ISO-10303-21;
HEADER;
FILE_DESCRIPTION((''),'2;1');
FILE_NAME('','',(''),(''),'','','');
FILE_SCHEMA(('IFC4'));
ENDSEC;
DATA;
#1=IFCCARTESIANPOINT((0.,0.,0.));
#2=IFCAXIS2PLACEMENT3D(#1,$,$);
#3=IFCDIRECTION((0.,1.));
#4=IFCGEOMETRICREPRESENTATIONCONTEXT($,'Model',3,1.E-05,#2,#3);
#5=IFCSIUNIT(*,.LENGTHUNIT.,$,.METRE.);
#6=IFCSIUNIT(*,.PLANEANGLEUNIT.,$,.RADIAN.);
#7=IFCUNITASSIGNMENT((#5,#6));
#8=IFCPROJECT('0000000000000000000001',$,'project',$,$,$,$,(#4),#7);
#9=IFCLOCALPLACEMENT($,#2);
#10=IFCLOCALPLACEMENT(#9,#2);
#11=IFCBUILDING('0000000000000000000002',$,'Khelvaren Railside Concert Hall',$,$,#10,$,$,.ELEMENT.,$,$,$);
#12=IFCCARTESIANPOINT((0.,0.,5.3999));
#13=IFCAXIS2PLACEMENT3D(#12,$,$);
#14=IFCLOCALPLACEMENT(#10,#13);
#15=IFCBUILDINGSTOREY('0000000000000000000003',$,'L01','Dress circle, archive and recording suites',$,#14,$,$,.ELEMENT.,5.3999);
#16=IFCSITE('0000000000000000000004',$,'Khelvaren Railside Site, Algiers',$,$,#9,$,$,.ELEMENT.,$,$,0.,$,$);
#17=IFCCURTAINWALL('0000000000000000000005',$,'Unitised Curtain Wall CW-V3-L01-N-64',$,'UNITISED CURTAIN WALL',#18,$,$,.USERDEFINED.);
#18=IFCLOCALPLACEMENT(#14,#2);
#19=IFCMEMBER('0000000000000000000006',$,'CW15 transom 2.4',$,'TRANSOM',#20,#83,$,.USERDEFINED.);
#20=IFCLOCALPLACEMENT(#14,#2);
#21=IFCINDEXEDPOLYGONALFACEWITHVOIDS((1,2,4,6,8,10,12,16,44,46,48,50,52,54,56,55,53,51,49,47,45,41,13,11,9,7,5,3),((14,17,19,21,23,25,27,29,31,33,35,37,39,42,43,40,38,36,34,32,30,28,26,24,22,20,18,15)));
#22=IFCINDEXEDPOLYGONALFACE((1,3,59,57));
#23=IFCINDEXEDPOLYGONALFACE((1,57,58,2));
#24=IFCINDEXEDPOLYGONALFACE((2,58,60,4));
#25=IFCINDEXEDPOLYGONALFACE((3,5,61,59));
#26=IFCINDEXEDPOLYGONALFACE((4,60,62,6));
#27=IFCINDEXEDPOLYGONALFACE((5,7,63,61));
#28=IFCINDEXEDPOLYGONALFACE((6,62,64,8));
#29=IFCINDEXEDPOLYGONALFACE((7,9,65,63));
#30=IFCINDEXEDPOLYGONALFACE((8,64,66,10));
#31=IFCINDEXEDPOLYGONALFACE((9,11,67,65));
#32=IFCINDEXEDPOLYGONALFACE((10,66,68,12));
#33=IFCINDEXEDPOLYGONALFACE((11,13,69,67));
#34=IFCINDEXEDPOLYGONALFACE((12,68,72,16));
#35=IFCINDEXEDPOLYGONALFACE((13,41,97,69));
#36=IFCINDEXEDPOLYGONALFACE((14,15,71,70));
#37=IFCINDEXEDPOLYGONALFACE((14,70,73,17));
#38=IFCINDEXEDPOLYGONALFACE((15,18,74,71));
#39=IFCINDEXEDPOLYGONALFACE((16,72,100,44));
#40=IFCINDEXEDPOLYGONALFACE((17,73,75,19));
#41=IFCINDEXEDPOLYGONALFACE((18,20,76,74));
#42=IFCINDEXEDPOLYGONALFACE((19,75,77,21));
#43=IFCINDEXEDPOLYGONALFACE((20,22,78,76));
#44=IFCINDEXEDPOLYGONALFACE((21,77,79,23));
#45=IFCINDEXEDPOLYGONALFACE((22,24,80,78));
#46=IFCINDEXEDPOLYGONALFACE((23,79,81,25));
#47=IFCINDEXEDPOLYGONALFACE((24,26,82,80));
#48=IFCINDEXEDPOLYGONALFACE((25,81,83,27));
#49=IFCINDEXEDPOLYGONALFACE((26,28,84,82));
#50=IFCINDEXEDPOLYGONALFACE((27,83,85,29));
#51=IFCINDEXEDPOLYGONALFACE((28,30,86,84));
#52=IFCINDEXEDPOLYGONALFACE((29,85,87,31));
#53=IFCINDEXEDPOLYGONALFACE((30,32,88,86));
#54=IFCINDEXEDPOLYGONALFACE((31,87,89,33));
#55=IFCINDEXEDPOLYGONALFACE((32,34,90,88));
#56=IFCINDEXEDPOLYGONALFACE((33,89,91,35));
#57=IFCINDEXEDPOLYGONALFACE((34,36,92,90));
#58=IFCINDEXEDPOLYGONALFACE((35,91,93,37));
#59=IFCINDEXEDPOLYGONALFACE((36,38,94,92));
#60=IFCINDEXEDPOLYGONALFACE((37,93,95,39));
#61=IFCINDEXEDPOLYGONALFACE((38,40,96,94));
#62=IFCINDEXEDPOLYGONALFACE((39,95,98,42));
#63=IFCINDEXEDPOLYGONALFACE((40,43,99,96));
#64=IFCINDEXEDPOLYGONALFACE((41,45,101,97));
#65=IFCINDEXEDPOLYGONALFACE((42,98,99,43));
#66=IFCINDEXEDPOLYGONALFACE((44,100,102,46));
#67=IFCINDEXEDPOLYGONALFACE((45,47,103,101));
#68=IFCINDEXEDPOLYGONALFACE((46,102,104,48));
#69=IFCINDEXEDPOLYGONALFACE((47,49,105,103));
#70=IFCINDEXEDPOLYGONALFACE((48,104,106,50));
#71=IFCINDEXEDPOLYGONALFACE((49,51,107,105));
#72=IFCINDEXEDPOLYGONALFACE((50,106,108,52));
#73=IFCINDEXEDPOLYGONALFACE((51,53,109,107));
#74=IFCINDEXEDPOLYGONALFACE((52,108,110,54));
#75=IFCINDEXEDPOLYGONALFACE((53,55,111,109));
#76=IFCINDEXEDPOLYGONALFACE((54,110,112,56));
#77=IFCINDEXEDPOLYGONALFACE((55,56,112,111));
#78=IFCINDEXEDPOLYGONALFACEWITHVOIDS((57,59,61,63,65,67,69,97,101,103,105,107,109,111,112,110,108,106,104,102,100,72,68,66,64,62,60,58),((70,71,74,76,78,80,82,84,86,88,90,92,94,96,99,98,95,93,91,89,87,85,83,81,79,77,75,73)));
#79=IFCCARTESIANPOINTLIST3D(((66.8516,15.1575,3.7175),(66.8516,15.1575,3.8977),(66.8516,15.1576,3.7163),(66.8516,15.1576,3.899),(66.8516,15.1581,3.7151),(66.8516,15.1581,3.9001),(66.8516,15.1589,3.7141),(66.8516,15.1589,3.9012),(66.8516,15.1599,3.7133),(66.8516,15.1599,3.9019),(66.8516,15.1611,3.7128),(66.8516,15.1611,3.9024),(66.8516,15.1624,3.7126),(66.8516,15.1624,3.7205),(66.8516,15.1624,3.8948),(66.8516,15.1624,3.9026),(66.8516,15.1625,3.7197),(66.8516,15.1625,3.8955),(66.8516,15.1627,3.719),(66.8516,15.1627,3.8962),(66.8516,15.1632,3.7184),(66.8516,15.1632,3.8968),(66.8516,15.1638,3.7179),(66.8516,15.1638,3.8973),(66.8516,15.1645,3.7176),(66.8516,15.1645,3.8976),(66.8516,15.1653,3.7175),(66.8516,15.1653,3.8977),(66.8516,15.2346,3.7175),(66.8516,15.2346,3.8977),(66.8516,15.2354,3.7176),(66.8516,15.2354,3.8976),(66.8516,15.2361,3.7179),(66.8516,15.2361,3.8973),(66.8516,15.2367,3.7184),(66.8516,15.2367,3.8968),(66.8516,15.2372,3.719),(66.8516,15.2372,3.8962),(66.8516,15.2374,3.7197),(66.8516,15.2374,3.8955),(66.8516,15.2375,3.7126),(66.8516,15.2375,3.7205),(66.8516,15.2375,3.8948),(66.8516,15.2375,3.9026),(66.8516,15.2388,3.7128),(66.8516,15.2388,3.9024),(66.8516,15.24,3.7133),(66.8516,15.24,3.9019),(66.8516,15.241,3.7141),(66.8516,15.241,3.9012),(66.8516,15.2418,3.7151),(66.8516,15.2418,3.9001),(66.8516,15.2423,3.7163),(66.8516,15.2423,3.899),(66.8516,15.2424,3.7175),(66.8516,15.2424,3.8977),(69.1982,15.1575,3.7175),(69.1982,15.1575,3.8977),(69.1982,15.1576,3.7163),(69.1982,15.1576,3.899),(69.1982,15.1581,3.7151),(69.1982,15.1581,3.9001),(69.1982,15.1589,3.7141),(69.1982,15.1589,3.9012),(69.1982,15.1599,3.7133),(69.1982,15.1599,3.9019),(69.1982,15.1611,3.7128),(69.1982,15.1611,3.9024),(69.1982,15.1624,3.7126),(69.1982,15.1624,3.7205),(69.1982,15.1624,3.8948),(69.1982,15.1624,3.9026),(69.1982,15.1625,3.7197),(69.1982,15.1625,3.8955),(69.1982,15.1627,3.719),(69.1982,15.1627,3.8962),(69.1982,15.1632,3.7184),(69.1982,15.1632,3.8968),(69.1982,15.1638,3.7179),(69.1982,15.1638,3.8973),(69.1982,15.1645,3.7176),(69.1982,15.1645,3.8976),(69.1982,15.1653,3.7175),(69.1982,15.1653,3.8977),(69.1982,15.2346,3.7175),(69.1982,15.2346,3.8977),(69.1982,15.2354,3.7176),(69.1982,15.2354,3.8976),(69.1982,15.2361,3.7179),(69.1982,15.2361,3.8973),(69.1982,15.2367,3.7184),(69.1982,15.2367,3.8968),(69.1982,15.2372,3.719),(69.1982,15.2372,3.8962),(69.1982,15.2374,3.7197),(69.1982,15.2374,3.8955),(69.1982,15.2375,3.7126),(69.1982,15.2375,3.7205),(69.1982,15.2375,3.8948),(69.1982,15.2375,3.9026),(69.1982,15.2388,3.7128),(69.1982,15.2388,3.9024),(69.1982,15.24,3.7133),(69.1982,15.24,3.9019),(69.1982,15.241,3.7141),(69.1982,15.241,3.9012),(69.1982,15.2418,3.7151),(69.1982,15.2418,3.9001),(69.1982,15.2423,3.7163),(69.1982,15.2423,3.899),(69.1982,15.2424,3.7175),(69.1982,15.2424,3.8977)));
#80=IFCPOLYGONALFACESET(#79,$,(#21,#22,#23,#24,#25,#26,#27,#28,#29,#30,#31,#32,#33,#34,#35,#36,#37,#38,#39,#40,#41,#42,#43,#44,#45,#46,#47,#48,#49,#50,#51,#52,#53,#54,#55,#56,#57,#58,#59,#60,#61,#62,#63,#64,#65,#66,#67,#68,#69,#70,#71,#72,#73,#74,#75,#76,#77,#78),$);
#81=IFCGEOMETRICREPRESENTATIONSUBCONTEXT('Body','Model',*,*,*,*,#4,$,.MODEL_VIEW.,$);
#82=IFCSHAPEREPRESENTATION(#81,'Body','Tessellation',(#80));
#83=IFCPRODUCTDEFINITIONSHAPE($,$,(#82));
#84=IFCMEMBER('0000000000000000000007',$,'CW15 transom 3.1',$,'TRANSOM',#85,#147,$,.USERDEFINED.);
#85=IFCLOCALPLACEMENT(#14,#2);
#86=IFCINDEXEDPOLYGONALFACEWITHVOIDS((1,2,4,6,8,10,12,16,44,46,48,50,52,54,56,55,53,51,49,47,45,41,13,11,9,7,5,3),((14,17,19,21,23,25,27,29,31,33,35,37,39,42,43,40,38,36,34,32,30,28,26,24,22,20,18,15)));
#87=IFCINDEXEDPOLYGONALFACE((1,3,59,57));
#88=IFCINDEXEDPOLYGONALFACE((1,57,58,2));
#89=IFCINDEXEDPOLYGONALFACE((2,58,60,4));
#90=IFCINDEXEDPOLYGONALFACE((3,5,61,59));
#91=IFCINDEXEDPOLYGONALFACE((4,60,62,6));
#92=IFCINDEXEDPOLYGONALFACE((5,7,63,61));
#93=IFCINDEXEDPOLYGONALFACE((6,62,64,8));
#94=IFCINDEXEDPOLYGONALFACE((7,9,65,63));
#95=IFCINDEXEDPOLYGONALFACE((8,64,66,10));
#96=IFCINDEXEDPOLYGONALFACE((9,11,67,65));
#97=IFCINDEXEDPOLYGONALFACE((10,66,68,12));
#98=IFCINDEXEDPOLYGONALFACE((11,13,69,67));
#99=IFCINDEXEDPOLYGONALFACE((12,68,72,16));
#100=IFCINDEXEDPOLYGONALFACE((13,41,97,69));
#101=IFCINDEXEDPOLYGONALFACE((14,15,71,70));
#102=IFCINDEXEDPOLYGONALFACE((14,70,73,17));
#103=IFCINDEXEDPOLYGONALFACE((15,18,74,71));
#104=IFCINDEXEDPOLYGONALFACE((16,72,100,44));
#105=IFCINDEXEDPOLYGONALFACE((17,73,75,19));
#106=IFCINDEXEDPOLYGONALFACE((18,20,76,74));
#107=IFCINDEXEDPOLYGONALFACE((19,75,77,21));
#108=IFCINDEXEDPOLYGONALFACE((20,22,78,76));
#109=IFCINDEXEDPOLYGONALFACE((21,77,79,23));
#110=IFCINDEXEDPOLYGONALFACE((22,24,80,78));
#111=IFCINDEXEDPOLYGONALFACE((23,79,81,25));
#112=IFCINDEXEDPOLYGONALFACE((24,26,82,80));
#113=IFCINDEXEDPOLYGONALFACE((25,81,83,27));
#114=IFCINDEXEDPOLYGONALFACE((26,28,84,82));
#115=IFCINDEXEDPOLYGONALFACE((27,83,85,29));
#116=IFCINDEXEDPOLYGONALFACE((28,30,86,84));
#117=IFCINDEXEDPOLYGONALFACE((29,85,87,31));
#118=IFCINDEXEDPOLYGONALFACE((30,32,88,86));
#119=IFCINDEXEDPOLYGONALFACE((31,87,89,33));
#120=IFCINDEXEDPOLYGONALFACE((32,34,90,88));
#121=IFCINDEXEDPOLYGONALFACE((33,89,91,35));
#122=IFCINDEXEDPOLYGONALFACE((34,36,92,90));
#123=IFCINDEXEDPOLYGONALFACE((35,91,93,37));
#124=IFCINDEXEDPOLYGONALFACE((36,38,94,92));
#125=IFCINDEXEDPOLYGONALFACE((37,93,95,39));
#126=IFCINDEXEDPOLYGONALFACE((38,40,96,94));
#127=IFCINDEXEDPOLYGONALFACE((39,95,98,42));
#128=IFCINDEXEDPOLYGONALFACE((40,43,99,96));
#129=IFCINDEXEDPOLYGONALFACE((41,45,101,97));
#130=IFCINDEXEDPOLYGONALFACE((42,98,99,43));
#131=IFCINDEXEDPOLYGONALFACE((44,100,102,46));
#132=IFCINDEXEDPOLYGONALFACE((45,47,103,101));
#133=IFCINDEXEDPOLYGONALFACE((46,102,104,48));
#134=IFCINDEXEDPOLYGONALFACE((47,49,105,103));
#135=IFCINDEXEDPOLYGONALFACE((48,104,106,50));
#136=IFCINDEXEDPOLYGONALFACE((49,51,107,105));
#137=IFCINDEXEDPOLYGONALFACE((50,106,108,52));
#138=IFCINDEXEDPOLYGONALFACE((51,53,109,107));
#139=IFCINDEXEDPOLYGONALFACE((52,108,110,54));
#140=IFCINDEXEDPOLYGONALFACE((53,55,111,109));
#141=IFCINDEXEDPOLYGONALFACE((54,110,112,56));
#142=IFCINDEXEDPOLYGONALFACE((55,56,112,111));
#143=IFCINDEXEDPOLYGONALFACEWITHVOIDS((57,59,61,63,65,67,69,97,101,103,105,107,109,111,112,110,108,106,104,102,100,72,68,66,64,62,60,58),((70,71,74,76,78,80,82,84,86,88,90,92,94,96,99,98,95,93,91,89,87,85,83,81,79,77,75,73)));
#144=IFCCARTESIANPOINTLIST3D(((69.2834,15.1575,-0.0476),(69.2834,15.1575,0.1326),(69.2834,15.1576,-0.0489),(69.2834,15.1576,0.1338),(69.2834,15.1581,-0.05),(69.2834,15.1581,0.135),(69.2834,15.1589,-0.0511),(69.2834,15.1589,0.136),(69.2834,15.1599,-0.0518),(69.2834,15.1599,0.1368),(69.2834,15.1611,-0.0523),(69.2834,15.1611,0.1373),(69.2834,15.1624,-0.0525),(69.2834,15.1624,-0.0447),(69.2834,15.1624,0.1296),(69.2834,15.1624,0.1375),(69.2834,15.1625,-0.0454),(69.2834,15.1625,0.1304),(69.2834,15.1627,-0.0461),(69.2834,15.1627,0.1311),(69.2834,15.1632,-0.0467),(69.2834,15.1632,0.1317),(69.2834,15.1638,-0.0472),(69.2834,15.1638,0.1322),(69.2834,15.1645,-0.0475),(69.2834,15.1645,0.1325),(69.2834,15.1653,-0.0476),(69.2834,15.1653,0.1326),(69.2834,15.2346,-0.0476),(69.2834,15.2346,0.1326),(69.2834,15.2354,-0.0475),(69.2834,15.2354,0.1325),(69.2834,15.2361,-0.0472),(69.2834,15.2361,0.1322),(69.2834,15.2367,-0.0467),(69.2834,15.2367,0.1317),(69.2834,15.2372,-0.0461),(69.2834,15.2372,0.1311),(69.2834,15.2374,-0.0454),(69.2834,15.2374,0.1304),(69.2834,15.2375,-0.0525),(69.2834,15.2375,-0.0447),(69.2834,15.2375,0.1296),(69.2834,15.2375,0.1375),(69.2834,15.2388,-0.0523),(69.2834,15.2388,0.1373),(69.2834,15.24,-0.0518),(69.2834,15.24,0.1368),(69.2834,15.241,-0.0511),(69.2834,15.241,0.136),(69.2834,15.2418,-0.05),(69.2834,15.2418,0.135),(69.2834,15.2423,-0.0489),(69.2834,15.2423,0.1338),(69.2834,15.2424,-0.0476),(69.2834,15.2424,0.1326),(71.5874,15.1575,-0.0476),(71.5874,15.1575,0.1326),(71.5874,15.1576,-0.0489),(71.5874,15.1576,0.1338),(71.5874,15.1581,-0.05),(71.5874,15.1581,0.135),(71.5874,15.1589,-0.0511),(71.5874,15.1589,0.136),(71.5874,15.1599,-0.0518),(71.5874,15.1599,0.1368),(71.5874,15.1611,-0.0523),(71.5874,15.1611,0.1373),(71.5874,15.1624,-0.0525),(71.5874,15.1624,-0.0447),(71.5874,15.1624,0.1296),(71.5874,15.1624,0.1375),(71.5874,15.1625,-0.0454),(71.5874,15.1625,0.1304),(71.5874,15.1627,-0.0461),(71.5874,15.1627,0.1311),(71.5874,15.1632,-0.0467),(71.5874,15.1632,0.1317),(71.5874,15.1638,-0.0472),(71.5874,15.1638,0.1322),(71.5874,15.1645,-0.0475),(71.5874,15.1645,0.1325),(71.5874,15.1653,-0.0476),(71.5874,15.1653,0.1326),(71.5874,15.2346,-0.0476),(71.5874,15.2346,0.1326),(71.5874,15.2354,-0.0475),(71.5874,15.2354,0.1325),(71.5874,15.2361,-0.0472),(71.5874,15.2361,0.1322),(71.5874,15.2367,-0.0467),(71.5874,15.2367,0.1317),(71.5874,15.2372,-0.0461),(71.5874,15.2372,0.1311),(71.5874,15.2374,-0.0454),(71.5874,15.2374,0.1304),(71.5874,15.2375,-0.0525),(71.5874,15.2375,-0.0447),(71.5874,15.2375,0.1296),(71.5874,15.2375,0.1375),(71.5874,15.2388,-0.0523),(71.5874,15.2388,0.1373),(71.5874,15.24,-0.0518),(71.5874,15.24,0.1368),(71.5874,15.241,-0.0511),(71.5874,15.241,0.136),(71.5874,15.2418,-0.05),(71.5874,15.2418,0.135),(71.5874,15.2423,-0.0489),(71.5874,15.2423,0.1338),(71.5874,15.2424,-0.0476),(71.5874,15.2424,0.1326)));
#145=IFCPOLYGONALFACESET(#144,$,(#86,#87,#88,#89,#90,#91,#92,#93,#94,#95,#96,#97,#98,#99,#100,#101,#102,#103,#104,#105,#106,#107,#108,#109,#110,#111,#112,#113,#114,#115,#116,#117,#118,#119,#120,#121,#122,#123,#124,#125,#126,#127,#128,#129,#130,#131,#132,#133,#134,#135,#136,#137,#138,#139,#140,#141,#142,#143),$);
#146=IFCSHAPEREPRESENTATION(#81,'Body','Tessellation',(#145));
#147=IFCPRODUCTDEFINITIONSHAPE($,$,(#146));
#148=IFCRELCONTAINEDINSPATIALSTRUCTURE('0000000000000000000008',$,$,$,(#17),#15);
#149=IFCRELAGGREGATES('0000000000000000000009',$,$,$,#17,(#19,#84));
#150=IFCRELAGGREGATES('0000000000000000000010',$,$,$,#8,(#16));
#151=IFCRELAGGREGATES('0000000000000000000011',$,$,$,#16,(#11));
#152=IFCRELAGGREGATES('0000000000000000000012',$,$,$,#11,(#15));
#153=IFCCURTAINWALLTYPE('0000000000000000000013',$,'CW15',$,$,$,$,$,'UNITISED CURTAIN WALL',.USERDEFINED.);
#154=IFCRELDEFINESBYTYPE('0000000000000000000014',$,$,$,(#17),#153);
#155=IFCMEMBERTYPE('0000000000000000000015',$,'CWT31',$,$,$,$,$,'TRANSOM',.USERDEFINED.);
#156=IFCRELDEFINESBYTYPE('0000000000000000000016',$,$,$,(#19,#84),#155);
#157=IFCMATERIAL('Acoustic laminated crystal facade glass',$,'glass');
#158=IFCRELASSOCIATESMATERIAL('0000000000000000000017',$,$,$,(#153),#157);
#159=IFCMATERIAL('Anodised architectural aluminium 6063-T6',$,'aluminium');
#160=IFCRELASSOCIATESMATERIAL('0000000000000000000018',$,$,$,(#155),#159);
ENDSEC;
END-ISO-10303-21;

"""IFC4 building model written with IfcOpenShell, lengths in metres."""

from ifc_helpers import new_model, si_unit, direction, frame, origin, origin_2d, place, context, subcontext, project, spatial, hollow_rectangle, extrude, material, material_profile, profile_set, type_object, element, aggregate, save


model = new_model("IFC4")

# Units and contexts
model_context = context("Model", 3, precision=1e-05, world=origin(), true_north=direction((0.0, 1.0)))
body_context = subcontext(model_context, "Body", "Model", "MODEL_VIEW")
ifc_project = project(units=[si_unit("LENGTHUNIT", "METRE"), si_unit("PLANEANGLEUNIT", "RADIAN")], contexts=[model_context])

# Site, building, storey
site_placement = place(None, origin())
site = spatial("IfcSite", under=ifc_project, at=site_placement, Name="Khelvaren Railside Site, Algiers", CompositionType="ELEMENT", RefElevation=0.0)
building_placement = place(site_placement, origin())
building = spatial("IfcBuilding", under=site, at=building_placement, Name="Khelvaren Railside Concert Hall", CompositionType="ELEMENT")
storey_placement = place(building_placement, frame((0.0, 0.0, 5.3999)))
storey = spatial("IfcBuildingStorey", under=building, at=storey_placement, Name="L01", Description="Dress circle, archive and recording suites", CompositionType="ELEMENT", Elevation=5.3999)

# Curtain wall, members
ifc_material_1 = material(Name="Acoustic laminated crystal facade glass", Category="glass")
curtain_wall_type = type_object("IfcCurtainWallType", Name="CW15", ElementType="UNITISED CURTAIN WALL", PredefinedType="USERDEFINED", material=ifc_material_1)
curtain_wall_placement = place(storey_placement, origin())
curtain_wall = element("IfcCurtainWall", 1, at=curtain_wall_placement, inside=storey, type_object=curtain_wall_type, Name="Unitised Curtain Wall CW-V3-L01-N-64", ObjectType="UNITISED CURTAIN WALL", PredefinedType="USERDEFINED")
ifc_material_2 = material(Name="Anodised architectural aluminium 6063-T6", Category="aluminium")
ifc_material_profile_1 = material_profile(ifc_material_2, hollow_rectangle(XDim=0.085, YDim=0.1899, WallThickness=0.0049, InnerFilletRadius=0.0029, OuterFilletRadius=0.0049, at=origin_2d()), Name="CWT 85x190x5")
ifc_profile_set_1 = profile_set([ifc_material_profile_1], Name="Anodised architectural aluminium 6063-T6")
member_type_1 = type_object("IfcMemberType", Name="CWT31", ElementType="TRANSOM", PredefinedType="USERDEFINED", material=ifc_profile_set_1)
member_1_placement = place(storey_placement, frame((66.8516, 15.2, 3.8076), z_axis=(1.0, 0.0, 0.0), x_axis=(0.0, 1.0, 0.0)))
member_1 = element("IfcMember", 2, at=member_1_placement, type_object=member_type_1, Name="CW15 transom 2.4", ObjectType="TRANSOM", PredefinedType="USERDEFINED", context=body_context, shape_type="SweptSolid", body=[
    extrude(hollow_rectangle(XDim=0.085, YDim=0.1899, WallThickness=0.0049, InnerFilletRadius=0.0029, OuterFilletRadius=0.0049, at=origin_2d()), origin(), (0.0, 0.0, 1.0), 2.3467),
])
member_2_placement = place(storey_placement, frame((69.2834, 15.2, 0.0425), z_axis=(1.0, 0.0, 0.0), x_axis=(0.0, 1.0, 0.0)))
member_2 = element("IfcMember", 3, at=member_2_placement, type_object=member_type_1, Name="CW15 transom 3.1", ObjectType="TRANSOM", PredefinedType="USERDEFINED", context=body_context, shape_type="SweptSolid", body=[
    extrude(hollow_rectangle(XDim=0.085, YDim=0.1899, WallThickness=0.0049, InnerFilletRadius=0.0029, OuterFilletRadius=0.0049, at=origin_2d()), origin(), (0.0, 0.0, 1.0), 2.304),
])

aggregate(curtain_wall, [member_1, member_2])

save(model, "model.ifc")
